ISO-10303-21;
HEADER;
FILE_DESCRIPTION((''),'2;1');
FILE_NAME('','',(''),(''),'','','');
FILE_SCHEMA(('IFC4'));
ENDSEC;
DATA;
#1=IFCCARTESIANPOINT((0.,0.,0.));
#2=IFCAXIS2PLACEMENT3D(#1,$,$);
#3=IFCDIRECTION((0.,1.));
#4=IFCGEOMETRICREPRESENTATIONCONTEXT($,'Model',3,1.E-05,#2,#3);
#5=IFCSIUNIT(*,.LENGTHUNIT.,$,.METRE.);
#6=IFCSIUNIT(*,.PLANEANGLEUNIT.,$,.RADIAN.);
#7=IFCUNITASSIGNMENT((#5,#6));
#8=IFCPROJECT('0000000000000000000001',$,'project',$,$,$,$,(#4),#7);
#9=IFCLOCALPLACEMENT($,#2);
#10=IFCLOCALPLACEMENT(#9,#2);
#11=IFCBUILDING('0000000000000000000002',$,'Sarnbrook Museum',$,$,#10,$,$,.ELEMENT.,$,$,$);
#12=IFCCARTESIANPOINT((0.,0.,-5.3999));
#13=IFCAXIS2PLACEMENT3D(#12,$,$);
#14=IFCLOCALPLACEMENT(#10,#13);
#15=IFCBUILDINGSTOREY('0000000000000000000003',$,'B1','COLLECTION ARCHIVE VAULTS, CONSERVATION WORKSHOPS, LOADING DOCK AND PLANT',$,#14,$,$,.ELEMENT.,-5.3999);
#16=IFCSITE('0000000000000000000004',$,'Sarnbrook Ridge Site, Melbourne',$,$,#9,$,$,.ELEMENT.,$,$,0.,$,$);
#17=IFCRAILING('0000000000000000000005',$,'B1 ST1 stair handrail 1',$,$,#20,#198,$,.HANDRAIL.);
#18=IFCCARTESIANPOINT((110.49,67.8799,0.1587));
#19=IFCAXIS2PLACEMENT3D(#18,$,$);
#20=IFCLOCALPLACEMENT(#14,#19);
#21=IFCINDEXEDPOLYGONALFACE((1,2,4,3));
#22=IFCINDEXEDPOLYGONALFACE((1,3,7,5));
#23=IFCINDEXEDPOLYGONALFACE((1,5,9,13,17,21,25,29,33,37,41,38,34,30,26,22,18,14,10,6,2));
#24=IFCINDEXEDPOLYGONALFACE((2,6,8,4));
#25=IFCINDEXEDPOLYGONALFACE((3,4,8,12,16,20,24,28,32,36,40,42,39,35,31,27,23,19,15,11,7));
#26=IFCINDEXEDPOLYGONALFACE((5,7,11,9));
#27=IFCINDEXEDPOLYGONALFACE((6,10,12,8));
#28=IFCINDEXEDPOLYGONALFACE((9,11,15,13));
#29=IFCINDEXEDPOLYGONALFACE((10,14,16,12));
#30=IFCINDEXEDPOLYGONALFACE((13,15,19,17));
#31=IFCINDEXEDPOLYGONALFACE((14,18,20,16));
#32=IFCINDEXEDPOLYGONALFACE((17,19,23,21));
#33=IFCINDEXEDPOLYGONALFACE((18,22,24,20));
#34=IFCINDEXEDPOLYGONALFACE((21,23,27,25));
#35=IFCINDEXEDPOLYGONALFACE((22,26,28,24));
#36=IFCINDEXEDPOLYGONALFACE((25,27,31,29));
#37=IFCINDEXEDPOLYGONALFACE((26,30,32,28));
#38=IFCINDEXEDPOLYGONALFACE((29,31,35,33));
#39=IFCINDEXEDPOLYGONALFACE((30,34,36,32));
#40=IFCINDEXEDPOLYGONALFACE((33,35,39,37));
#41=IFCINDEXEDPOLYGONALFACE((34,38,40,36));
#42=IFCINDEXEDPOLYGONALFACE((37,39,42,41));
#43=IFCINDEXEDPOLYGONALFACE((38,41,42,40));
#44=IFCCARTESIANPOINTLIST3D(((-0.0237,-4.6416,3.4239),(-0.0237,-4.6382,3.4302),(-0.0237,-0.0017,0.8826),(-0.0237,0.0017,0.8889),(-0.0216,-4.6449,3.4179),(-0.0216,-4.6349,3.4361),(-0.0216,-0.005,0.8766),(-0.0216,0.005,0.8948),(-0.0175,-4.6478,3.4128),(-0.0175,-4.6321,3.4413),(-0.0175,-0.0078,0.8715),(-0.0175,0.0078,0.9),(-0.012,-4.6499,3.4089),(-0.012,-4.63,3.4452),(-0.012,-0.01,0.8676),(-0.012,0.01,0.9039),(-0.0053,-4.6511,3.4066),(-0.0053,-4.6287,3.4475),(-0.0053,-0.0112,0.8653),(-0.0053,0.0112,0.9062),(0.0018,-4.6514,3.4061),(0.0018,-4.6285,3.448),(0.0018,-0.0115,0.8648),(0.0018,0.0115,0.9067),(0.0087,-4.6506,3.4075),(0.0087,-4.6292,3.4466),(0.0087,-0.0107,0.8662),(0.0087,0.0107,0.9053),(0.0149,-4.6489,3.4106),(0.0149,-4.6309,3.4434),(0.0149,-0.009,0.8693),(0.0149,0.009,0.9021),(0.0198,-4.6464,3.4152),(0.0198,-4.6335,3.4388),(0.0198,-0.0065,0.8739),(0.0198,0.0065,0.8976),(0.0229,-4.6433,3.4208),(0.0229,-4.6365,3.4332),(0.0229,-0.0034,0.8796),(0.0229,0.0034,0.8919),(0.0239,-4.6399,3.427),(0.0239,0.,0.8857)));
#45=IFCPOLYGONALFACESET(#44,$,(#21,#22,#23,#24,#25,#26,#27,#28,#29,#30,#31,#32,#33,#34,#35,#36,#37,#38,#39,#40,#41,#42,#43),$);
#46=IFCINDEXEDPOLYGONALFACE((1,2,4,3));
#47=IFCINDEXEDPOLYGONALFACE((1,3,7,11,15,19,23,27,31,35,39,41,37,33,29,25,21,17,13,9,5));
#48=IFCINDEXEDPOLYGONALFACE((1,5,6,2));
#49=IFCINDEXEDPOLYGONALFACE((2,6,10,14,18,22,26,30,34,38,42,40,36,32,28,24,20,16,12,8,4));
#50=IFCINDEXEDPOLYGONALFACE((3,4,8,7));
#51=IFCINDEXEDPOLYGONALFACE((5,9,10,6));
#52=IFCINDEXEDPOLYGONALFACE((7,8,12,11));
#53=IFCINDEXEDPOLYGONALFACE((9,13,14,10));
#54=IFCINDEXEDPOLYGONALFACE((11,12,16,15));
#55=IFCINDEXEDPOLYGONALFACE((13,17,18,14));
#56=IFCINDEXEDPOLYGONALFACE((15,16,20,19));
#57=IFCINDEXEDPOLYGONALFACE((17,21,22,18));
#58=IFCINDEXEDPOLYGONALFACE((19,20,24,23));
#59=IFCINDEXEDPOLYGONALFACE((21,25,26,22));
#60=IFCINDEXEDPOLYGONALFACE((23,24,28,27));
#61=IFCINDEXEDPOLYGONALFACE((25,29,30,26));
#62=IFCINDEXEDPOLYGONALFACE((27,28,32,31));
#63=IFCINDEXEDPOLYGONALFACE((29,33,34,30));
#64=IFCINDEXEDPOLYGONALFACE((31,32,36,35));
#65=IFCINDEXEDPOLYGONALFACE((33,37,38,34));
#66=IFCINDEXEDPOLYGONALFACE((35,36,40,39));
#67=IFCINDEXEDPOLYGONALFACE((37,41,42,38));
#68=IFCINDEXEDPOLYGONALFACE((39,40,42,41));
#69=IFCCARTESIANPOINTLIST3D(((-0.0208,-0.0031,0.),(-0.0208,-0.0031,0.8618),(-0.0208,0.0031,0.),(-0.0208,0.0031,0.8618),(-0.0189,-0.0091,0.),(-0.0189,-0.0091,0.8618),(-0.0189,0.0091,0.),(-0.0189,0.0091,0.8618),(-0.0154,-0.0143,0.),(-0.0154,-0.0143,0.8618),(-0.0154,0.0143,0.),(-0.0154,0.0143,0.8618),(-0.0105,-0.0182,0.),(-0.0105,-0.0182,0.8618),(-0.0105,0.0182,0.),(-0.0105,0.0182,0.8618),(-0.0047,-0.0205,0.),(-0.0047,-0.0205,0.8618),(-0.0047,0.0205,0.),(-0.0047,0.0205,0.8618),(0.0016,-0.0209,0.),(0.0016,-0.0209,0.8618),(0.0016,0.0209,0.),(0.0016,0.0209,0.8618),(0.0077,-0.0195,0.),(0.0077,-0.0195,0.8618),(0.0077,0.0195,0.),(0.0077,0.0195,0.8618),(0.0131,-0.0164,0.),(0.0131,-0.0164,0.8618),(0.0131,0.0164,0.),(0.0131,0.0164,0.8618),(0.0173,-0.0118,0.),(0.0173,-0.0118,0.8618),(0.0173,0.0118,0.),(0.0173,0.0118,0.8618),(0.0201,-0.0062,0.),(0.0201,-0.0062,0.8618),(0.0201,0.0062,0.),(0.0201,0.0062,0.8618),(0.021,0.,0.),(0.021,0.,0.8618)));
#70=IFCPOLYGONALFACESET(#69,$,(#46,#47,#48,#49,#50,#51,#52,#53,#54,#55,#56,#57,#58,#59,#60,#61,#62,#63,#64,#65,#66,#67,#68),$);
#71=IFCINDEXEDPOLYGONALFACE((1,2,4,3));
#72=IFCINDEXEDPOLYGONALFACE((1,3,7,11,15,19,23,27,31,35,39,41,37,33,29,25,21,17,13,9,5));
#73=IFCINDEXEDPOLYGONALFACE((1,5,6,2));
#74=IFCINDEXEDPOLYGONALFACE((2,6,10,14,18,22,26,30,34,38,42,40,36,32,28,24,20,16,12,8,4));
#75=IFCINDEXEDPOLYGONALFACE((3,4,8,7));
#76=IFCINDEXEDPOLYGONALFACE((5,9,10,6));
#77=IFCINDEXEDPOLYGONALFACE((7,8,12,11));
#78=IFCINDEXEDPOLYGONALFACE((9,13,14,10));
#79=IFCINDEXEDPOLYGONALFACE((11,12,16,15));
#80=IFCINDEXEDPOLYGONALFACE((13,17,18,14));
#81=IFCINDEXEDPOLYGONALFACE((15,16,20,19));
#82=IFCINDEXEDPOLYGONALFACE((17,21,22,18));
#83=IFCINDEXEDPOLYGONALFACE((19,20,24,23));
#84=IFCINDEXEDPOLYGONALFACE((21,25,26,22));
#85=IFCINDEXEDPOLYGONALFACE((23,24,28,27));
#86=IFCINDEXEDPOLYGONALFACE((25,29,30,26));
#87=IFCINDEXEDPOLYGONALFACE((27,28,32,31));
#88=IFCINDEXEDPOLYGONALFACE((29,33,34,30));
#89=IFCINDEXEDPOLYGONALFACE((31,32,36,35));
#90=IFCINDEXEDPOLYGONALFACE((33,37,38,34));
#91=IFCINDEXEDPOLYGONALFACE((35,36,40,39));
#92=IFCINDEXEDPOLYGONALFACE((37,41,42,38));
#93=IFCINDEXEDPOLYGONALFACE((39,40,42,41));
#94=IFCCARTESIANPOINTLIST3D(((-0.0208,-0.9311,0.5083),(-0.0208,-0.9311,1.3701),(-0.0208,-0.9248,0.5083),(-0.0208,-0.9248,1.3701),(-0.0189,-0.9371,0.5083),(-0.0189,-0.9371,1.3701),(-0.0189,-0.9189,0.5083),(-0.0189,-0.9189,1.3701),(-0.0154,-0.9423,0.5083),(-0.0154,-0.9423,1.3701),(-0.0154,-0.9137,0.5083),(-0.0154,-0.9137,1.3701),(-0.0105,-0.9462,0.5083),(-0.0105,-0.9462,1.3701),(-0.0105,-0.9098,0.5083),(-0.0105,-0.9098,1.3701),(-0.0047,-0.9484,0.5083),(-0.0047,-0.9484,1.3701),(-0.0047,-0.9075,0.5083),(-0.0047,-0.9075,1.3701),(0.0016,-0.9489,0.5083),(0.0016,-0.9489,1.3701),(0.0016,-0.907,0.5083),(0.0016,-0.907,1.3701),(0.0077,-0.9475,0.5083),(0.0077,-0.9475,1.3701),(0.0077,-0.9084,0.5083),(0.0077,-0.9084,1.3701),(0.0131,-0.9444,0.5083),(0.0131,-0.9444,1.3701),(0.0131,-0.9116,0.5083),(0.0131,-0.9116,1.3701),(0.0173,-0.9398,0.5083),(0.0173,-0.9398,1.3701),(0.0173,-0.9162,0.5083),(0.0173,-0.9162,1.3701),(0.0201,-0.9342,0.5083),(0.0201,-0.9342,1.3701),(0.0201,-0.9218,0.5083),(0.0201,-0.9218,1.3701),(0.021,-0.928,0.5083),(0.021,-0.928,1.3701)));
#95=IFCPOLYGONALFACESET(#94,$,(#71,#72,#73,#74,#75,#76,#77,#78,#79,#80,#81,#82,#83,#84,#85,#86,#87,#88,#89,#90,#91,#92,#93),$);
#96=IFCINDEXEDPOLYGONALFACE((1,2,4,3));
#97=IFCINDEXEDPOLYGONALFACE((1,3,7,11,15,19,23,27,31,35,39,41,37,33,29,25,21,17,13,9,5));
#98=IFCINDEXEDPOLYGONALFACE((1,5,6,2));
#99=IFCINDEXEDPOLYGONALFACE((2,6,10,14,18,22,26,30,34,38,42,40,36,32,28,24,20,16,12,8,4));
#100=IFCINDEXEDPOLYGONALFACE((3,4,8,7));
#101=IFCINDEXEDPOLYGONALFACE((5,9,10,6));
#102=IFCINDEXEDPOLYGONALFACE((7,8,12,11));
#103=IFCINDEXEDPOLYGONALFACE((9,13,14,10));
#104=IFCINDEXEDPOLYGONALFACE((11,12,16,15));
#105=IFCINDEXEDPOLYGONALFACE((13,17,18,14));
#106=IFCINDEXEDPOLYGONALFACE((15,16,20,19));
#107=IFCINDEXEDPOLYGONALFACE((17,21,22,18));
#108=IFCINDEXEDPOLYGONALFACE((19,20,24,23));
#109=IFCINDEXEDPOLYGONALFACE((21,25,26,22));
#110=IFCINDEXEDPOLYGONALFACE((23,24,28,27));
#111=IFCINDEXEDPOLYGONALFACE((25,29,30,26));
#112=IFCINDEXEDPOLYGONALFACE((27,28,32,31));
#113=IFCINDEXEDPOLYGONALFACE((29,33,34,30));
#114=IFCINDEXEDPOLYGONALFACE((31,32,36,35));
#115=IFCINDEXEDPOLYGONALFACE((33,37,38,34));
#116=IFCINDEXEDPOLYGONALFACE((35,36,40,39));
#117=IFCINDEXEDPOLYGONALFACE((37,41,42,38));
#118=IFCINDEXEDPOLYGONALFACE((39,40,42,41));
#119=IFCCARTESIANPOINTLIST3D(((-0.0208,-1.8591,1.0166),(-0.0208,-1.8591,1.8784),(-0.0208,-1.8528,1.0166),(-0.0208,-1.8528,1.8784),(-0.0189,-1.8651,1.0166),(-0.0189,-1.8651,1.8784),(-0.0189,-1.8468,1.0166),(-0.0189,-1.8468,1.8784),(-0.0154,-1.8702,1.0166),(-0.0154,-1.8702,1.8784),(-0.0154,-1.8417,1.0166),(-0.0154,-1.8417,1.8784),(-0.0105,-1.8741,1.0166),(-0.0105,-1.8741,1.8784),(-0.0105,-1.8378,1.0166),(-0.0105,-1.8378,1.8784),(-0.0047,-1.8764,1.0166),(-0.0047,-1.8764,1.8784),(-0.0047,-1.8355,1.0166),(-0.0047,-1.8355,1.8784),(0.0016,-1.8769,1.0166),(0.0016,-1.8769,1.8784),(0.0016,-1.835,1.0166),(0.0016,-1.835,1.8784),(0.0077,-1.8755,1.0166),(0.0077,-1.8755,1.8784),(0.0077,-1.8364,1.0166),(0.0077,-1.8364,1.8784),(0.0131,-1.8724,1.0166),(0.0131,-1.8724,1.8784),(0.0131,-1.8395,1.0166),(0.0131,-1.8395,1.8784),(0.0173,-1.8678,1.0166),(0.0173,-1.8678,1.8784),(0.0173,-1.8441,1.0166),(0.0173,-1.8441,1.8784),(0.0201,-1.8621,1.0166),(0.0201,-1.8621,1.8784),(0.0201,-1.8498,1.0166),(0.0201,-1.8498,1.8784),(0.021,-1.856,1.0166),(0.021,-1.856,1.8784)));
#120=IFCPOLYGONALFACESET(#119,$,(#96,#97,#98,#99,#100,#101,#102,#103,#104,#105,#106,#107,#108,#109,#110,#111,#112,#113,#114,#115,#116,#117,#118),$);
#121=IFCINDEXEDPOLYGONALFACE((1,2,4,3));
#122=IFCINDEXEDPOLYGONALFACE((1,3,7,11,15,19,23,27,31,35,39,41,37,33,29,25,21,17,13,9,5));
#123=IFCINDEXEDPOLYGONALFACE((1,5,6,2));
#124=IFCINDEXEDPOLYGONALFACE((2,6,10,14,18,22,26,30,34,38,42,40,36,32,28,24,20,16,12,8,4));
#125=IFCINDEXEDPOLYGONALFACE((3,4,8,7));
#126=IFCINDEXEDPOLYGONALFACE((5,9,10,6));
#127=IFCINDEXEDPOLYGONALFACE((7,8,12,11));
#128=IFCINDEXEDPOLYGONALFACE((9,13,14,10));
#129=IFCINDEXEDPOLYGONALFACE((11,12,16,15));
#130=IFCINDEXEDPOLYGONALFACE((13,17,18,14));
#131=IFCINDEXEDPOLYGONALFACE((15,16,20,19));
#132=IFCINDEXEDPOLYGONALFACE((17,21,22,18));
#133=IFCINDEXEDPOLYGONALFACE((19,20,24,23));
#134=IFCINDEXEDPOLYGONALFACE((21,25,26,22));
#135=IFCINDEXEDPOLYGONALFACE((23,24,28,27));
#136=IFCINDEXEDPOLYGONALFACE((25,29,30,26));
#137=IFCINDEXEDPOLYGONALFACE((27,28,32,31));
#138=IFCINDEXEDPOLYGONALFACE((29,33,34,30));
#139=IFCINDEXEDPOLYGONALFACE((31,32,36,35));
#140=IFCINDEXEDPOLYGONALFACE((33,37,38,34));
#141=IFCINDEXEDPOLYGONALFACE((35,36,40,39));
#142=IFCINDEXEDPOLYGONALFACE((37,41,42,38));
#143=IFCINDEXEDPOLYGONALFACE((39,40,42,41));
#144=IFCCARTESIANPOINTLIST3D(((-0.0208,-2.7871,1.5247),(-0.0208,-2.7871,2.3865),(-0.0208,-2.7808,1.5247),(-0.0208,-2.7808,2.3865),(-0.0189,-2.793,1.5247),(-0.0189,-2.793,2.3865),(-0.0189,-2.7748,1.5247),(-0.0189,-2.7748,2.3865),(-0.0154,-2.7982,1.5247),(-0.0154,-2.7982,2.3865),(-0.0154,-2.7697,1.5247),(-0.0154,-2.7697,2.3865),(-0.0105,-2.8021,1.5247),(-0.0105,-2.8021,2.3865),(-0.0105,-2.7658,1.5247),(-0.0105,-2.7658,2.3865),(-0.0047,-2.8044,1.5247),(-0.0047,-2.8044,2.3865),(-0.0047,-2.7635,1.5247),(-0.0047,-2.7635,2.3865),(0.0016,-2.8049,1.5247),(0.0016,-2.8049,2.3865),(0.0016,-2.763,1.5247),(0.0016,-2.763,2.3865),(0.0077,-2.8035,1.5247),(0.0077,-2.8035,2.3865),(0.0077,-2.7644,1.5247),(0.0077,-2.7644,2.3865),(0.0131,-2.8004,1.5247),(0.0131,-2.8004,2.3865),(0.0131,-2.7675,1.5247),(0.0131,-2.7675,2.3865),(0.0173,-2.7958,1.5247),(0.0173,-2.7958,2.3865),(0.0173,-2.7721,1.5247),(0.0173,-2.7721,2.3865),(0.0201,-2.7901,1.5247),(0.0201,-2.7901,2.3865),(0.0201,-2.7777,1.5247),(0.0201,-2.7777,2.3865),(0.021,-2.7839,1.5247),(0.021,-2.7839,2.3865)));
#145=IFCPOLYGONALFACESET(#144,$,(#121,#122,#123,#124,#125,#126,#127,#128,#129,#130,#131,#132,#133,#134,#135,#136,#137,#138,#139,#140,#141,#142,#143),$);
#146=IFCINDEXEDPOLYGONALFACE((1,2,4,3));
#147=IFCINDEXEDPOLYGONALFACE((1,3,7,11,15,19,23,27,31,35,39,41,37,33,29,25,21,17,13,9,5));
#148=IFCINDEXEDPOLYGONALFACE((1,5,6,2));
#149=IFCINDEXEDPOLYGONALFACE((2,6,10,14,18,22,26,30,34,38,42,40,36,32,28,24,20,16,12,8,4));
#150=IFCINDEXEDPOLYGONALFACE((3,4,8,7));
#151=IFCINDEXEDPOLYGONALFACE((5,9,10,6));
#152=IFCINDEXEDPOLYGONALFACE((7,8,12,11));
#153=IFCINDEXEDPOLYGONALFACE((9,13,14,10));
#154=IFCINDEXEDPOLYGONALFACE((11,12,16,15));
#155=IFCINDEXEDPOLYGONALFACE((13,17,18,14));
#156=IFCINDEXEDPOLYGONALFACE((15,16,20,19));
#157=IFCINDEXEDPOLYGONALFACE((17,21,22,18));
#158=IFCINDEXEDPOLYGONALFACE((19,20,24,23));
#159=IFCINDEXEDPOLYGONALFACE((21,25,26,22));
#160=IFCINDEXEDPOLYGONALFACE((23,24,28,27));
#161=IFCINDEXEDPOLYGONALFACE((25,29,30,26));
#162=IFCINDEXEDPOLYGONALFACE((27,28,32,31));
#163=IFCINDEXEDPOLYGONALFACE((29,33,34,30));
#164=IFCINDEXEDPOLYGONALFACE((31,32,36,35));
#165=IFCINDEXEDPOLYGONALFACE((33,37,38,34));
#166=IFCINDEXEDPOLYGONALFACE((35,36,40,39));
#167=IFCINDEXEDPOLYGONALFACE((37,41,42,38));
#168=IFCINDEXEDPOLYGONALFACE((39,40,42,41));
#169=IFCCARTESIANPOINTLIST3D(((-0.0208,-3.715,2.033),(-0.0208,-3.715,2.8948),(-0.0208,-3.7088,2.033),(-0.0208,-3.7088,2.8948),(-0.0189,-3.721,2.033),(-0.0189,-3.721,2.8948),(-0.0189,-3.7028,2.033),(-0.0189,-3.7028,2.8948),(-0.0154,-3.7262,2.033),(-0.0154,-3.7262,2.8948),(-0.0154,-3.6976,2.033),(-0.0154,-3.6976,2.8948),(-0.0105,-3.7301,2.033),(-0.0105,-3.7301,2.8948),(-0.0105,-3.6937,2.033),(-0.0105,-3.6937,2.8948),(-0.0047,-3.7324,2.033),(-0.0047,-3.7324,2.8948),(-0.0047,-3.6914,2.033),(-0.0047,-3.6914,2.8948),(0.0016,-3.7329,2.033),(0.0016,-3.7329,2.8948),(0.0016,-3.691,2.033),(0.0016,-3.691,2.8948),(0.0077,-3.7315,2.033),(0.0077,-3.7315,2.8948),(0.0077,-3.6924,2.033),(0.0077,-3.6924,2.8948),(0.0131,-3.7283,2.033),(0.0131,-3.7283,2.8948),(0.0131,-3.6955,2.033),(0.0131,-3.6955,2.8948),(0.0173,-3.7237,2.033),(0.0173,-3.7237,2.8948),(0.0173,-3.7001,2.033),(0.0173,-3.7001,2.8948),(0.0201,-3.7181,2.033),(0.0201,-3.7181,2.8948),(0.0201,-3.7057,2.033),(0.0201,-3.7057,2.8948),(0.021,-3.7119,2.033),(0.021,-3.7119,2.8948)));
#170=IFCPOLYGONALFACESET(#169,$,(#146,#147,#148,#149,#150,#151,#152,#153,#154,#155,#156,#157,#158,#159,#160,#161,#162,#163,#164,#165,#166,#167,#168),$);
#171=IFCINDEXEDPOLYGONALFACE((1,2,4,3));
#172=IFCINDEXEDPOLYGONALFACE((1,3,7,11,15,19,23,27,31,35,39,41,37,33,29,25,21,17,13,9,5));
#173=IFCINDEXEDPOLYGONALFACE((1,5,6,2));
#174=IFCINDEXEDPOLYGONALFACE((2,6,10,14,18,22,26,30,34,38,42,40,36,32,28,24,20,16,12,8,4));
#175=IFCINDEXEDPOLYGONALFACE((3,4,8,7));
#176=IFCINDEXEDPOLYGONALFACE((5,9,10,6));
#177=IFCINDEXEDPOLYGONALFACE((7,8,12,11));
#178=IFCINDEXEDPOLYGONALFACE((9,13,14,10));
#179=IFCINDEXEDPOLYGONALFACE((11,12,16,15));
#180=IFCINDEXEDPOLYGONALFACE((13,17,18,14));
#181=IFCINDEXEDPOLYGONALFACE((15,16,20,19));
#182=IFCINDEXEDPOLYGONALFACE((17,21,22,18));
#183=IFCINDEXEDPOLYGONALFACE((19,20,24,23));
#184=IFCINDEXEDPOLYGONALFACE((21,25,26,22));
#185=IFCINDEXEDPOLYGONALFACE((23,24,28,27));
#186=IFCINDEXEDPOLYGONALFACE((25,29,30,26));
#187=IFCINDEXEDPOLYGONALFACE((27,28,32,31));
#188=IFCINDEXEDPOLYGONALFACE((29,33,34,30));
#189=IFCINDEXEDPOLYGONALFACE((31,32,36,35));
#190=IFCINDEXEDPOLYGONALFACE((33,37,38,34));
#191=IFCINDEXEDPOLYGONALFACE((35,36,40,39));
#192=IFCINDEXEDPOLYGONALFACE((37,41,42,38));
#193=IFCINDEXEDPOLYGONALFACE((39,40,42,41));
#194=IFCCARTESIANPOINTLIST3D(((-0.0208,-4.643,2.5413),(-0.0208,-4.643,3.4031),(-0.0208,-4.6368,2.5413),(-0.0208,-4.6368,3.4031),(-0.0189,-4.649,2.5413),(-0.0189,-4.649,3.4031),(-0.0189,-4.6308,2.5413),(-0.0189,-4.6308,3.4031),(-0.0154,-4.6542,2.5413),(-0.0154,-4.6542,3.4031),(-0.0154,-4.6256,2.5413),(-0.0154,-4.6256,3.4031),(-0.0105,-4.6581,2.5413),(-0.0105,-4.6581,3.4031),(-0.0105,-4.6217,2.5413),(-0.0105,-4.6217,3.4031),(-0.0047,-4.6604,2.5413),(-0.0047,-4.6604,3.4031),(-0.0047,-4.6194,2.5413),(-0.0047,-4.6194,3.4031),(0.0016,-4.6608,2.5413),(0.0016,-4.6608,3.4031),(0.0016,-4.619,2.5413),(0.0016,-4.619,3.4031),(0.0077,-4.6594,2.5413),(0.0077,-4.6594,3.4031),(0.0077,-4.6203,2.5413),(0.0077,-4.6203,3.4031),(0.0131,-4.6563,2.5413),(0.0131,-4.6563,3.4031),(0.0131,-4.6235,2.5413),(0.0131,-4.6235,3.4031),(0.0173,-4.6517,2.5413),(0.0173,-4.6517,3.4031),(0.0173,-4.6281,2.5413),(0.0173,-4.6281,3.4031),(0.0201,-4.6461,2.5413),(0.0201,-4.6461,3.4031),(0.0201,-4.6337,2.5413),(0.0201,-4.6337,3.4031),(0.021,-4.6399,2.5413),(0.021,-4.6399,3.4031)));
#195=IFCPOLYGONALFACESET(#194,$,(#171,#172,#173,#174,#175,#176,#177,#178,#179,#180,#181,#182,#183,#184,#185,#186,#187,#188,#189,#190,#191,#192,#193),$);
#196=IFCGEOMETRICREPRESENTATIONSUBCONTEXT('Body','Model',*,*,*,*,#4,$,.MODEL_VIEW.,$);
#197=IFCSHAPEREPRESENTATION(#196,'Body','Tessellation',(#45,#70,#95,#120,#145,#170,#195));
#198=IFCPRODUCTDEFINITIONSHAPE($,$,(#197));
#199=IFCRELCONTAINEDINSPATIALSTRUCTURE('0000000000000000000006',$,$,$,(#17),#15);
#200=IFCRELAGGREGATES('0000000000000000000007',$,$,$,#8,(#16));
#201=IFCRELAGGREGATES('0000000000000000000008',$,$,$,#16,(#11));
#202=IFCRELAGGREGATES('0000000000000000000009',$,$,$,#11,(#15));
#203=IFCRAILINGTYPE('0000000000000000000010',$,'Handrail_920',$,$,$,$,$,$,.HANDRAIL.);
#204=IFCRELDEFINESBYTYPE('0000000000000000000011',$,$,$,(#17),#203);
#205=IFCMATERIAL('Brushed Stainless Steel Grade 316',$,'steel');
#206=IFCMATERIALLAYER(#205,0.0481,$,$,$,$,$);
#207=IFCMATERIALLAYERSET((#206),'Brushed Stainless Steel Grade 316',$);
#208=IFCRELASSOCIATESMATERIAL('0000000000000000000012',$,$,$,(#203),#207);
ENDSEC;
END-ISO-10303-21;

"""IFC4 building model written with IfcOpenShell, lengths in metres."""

from ifc_helpers import new_model, si_unit, direction, frame, origin, origin_2d, place, context, subcontext, project, spatial, circle, extrude, material, layer, layer_set, type_object, element, save


model = new_model("IFC4")

# Units and contexts
model_context = context("Model", 3, precision=1e-05, world=origin(), true_north=direction((0.0, 1.0)))
body_context = subcontext(model_context, "Body", "Model", "MODEL_VIEW")
ifc_project = project(units=[si_unit("LENGTHUNIT", "METRE"), si_unit("PLANEANGLEUNIT", "RADIAN")], contexts=[model_context])

# Site, building, storey
site_placement = place(None, origin())
site = spatial("IfcSite", under=ifc_project, at=site_placement, Name="Sarnbrook Ridge Site, Melbourne", CompositionType="ELEMENT", RefElevation=0.0)
building_placement = place(site_placement, origin())
building = spatial("IfcBuilding", under=site, at=building_placement, Name="Sarnbrook Museum", CompositionType="ELEMENT")
storey_placement = place(building_placement, frame((0.0, 0.0, -5.3999)))
storey = spatial("IfcBuildingStorey", under=building, at=storey_placement, Name="B1", Description="COLLECTION ARCHIVE VAULTS, CONSERVATION WORKSHOPS, LOADING DOCK AND PLANT", CompositionType="ELEMENT", Elevation=-5.3999)

# Shared definitions
ifc_material_1 = material(Name="Brushed Stainless Steel Grade 316", Category="steel")

# Railing
ifc_layer_1 = layer(ifc_material_1, 0.0481)
ifc_layer_set_1 = layer_set([ifc_layer_1], Name="Brushed Stainless Steel Grade 316")
railing_type_1 = type_object("IfcRailingType", Name="Handrail_920", PredefinedType="HANDRAIL", material=ifc_layer_set_1)
railing_1_placement = place(storey_placement, frame((110.49, 67.8799, 0.1587)))
element("IfcRailing", 1, at=railing_1_placement, inside=storey, type_object=railing_type_1, Name="B1 ST1 stair handrail 1", PredefinedType="HANDRAIL", context=body_context, shape_type="SweptSolid", body=[
    extrude(circle(Radius=0.0239, at=origin_2d()), frame((0.0, 0.0, 0.8857), z_axis=(0.0, -0.877067, 0.480368), x_axis=(1.0, 0.0, 0.0)), (0.0, 0.0, 1.0), 5.2903),
    extrude(circle(Radius=0.021, at=origin_2d()), origin(), (0.0, 0.0, 1.0), 0.8618),
    extrude(circle(Radius=0.021, at=origin_2d()), frame((0.0, -0.928, 0.5083)), (0.0, 0.0, 1.0), 0.8618),
    extrude(circle(Radius=0.021, at=origin_2d()), frame((0.0, -1.856, 1.0166)), (0.0, 0.0, 1.0), 0.8618),
    extrude(circle(Radius=0.021, at=origin_2d()), frame((0.0, -2.7839, 1.5247)), (0.0, 0.0, 1.0), 0.8618),
    extrude(circle(Radius=0.021, at=origin_2d()), frame((0.0, -3.7119, 2.033)), (0.0, 0.0, 1.0), 0.8618),
    extrude(circle(Radius=0.021, at=origin_2d()), frame((0.0, -4.6399, 2.5413)), (0.0, 0.0, 1.0), 0.8618),
])

save(model, "model.ifc")
